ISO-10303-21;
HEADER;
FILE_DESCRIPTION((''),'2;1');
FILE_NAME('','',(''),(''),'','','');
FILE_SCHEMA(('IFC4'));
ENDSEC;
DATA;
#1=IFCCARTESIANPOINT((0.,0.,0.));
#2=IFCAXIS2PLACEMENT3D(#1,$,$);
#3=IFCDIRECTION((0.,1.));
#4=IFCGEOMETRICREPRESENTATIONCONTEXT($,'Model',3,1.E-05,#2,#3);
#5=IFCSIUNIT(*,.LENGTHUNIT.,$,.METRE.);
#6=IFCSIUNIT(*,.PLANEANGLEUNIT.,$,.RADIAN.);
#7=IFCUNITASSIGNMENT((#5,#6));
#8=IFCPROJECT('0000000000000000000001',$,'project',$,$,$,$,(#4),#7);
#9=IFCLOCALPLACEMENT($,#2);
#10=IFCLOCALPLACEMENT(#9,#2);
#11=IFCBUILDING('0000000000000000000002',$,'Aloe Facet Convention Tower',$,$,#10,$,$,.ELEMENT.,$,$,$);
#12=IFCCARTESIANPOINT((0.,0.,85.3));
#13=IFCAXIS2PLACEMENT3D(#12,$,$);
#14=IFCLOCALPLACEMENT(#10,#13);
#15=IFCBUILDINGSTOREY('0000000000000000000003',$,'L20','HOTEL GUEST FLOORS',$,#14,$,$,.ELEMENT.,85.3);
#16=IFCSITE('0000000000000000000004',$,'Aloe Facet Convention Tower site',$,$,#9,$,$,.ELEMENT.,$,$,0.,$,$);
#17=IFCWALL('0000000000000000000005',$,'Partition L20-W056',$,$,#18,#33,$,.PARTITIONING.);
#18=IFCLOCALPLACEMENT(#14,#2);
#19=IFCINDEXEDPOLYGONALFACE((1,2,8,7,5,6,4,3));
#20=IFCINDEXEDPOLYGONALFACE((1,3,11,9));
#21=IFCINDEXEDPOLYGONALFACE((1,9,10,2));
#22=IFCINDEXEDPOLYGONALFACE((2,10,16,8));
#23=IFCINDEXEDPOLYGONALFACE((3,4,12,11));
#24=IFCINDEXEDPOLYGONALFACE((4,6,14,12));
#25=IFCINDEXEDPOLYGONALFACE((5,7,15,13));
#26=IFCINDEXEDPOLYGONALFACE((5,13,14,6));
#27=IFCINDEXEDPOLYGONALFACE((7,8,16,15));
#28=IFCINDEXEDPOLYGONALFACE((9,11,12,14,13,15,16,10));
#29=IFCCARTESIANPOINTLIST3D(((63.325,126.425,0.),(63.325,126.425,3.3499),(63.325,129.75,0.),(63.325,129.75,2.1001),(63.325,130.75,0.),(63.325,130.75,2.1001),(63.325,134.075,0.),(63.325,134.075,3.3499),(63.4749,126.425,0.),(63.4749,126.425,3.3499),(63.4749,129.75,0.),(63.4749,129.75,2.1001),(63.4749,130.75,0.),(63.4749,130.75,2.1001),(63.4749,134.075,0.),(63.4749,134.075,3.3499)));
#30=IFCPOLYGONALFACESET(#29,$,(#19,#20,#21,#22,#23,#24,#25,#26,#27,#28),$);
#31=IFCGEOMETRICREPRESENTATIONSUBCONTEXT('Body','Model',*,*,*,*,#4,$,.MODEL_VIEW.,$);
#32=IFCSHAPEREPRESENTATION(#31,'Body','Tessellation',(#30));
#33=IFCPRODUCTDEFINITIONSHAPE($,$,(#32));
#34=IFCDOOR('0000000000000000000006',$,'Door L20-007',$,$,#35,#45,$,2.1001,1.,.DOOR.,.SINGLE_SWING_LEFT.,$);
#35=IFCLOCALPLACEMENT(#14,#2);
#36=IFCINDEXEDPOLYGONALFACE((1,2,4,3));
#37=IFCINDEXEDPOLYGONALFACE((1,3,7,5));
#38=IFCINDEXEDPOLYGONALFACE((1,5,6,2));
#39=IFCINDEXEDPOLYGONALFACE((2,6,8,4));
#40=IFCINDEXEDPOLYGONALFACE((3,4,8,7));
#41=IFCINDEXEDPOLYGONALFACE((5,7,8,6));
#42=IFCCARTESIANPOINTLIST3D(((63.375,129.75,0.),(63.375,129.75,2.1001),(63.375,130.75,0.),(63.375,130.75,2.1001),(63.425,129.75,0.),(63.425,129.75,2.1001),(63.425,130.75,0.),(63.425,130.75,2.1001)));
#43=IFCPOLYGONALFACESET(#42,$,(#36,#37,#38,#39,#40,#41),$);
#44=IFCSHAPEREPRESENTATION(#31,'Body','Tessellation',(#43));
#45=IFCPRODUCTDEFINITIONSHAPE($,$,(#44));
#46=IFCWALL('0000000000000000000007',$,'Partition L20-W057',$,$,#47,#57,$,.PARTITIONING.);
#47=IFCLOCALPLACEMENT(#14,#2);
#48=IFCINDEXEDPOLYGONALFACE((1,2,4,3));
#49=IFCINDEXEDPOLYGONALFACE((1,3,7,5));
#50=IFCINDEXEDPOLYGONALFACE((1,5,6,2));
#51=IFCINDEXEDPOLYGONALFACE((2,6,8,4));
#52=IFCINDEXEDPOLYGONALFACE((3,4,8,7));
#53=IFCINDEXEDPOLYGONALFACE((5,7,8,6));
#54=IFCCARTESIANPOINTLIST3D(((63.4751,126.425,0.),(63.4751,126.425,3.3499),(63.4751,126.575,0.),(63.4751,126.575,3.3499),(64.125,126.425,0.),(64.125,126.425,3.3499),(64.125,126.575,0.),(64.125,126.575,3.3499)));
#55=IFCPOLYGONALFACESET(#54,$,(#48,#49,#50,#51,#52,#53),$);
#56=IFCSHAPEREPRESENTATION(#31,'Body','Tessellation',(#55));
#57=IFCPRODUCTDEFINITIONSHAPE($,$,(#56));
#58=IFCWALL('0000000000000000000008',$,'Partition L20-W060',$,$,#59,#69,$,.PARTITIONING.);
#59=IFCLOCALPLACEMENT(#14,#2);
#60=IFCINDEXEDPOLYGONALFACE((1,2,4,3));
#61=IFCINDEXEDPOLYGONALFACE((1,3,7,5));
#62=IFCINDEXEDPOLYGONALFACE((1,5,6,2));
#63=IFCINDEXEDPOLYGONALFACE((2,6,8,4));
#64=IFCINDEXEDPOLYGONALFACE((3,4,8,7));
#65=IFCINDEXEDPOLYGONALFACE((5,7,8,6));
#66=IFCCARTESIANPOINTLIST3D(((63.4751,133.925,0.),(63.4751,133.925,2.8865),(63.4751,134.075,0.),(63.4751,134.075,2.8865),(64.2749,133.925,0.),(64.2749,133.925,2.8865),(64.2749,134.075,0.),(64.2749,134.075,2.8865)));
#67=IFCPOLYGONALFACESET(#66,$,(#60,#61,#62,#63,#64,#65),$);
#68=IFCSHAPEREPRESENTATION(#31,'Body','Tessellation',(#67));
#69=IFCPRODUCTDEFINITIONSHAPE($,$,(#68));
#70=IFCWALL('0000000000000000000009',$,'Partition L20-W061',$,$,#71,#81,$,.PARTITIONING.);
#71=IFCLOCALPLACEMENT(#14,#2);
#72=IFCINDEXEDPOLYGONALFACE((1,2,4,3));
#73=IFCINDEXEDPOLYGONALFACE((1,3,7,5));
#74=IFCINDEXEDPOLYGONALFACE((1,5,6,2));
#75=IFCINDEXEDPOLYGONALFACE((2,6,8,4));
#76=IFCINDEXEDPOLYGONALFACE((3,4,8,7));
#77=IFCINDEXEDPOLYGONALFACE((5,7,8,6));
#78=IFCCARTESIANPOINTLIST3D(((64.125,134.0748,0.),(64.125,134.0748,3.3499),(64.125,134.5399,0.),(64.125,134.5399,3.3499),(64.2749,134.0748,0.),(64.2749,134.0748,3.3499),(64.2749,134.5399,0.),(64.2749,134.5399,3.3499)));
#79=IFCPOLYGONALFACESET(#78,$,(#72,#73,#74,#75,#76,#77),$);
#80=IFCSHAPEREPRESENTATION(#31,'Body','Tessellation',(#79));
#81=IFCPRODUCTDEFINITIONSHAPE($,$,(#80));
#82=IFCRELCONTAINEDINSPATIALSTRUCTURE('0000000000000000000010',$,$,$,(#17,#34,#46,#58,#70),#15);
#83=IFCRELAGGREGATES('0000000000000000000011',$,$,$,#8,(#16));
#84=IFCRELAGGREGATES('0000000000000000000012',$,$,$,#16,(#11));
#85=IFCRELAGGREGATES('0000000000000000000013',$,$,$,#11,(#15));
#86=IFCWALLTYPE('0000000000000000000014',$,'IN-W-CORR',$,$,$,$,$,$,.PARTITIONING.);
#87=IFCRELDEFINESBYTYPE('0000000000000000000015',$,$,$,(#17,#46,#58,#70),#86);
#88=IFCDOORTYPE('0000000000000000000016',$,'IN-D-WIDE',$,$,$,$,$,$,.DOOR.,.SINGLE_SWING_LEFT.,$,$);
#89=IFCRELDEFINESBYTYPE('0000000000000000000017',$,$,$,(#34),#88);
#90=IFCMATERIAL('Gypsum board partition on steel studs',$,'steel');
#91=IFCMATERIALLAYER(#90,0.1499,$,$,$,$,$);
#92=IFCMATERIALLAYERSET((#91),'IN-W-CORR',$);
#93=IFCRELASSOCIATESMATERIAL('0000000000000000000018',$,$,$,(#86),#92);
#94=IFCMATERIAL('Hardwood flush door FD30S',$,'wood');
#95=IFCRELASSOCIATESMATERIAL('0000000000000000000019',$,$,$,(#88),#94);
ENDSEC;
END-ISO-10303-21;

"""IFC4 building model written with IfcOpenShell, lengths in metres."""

from ifc_helpers import new_model, si_unit, direction, frame, frame_2d, origin, place, context, subcontext, project, spatial, rectangle, extrude, material, layer, layer_set, type_object, element, fill, save


model = new_model("IFC4")

# Units and contexts
model_context = context("Model", 3, precision=1e-05, world=origin(), true_north=direction((0.0, 1.0)))
body_context = subcontext(model_context, "Body", "Model", "MODEL_VIEW")
ifc_project = project(units=[si_unit("LENGTHUNIT", "METRE"), si_unit("PLANEANGLEUNIT", "RADIAN")], contexts=[model_context])

# Site, building, storey
site_placement = place(None, origin())
site = spatial("IfcSite", under=ifc_project, at=site_placement, Name="Aloe Facet Convention Tower site", CompositionType="ELEMENT", RefElevation=0.0)
building_placement = place(site_placement, origin())
building = spatial("IfcBuilding", under=site, at=building_placement, Name="Aloe Facet Convention Tower", CompositionType="ELEMENT")
storey_placement = place(building_placement, frame((0.0, 0.0, 85.3)))
storey = spatial("IfcBuildingStorey", under=building, at=storey_placement, Name="L20", Description="HOTEL GUEST FLOORS", CompositionType="ELEMENT", Elevation=85.3)

# Wall, opening, door
ifc_material_1 = material(Name="Gypsum board partition on steel studs", Category="steel")
ifc_layer_1 = layer(ifc_material_1, 0.1499)
ifc_layer_set_1 = layer_set([ifc_layer_1], Name="IN-W-CORR")
wall_type_1 = type_object("IfcWallType", Name="IN-W-CORR", PredefinedType="PARTITIONING", material=ifc_layer_set_1)
wall_1_placement = place(storey_placement, frame((63.3999, 126.425, 0.0), z_axis=(0.0, 0.0, 1.0), x_axis=(0.0, 1.0, 0.0)))
wall_1 = element("IfcWall", 1, at=wall_1_placement, inside=storey, type_object=wall_type_1, Name="Partition L20-W056", PredefinedType="PARTITIONING", context=body_context, shape_type="SweptSolid", body=[
    extrude(rectangle(XDim=7.6499, YDim=0.1499, at=frame_2d((3.825, 0.0))), origin(), (0.0, 0.0, 1.0), 3.3499),
])
opening_1_placement = place(wall_1_placement, frame((3.325, 0.0, 0.0)))
opening_1 = element("IfcOpeningElement", 2, at=opening_1_placement, cuts=wall_1, PredefinedType="OPENING", context=body_context, shape_type="SweptSolid", body=[
    extrude(rectangle(XDim=1.0, YDim=2.1001, at=frame_2d((0.5, 1.05))), frame((0.0, 0.085, 0.0), z_axis=(0.0, -1.0, 0.0), x_axis=(1.0, 0.0, 0.0)), (0.0, 0.0, 1.0), 0.1699),
])
ifc_material_2 = material(Name="Hardwood flush door FD30S", Category="wood")
door_type = type_object("IfcDoorType", Name="IN-D-WIDE", OperationType="SINGLE_SWING_LEFT", PredefinedType="DOOR", material=ifc_material_2)
door_placement = place(opening_1_placement, origin())
door = element("IfcDoor", 3, at=door_placement, inside=storey, type_object=door_type, Name="Door L20-007", OperationType="SINGLE_SWING_LEFT", OverallHeight=2.1001, OverallWidth=1.0, PredefinedType="DOOR", context=body_context, shape_type="SweptSolid", body=[
    extrude(rectangle(XDim=1.0, YDim=2.1001, at=frame_2d((0.5, 1.05))), frame((0.0, 0.0249, 0.0), z_axis=(0.0, -1.0, 0.0), x_axis=(1.0, 0.0, 0.0)), (0.0, 0.0, 1.0), 0.05),
])
fill(opening_1, door)

# Walls
wall_2_placement = place(storey_placement, frame((63.4751, 126.5, 0.0), z_axis=(0.0, 0.0, 1.0), x_axis=(1.0, 0.0, 0.0)))
element("IfcWall", 4, at=wall_2_placement, inside=storey, type_object=wall_type_1, Name="Partition L20-W057", PredefinedType="PARTITIONING", context=body_context, shape_type="SweptSolid", body=[
    extrude(rectangle(XDim=0.6499, YDim=0.1499, at=frame_2d((0.325, 0.0))), origin(), (0.0, 0.0, 1.0), 3.3499),
])
wall_3_placement = place(storey_placement, frame((63.4751, 134.0, 0.0), z_axis=(0.0, 0.0, 1.0), x_axis=(1.0, 0.0, 0.0)))
element("IfcWall", 5, at=wall_3_placement, inside=storey, type_object=wall_type_1, Name="Partition L20-W060", PredefinedType="PARTITIONING", context=body_context, shape_type="SweptSolid", body=[
    extrude(rectangle(XDim=0.7998, YDim=0.1499, at=frame_2d((0.3999, 0.0))), origin(), (0.0, 0.0, 1.0), 2.8865),
])
wall_4_placement = place(storey_placement, frame((64.2, 134.075, 0.0), z_axis=(0.0, 0.0, 1.0), x_axis=(0.0, 1.0, 0.0)))
element("IfcWall", 6, at=wall_4_placement, inside=storey, type_object=wall_type_1, Name="Partition L20-W061", PredefinedType="PARTITIONING", context=body_context, shape_type="SweptSolid", body=[
    extrude(rectangle(XDim=0.4651, YDim=0.1499, at=frame_2d((0.2324, 0.0))), origin(), (0.0, 0.0, 1.0), 3.3499),
])

save(model, "model.ifc")
